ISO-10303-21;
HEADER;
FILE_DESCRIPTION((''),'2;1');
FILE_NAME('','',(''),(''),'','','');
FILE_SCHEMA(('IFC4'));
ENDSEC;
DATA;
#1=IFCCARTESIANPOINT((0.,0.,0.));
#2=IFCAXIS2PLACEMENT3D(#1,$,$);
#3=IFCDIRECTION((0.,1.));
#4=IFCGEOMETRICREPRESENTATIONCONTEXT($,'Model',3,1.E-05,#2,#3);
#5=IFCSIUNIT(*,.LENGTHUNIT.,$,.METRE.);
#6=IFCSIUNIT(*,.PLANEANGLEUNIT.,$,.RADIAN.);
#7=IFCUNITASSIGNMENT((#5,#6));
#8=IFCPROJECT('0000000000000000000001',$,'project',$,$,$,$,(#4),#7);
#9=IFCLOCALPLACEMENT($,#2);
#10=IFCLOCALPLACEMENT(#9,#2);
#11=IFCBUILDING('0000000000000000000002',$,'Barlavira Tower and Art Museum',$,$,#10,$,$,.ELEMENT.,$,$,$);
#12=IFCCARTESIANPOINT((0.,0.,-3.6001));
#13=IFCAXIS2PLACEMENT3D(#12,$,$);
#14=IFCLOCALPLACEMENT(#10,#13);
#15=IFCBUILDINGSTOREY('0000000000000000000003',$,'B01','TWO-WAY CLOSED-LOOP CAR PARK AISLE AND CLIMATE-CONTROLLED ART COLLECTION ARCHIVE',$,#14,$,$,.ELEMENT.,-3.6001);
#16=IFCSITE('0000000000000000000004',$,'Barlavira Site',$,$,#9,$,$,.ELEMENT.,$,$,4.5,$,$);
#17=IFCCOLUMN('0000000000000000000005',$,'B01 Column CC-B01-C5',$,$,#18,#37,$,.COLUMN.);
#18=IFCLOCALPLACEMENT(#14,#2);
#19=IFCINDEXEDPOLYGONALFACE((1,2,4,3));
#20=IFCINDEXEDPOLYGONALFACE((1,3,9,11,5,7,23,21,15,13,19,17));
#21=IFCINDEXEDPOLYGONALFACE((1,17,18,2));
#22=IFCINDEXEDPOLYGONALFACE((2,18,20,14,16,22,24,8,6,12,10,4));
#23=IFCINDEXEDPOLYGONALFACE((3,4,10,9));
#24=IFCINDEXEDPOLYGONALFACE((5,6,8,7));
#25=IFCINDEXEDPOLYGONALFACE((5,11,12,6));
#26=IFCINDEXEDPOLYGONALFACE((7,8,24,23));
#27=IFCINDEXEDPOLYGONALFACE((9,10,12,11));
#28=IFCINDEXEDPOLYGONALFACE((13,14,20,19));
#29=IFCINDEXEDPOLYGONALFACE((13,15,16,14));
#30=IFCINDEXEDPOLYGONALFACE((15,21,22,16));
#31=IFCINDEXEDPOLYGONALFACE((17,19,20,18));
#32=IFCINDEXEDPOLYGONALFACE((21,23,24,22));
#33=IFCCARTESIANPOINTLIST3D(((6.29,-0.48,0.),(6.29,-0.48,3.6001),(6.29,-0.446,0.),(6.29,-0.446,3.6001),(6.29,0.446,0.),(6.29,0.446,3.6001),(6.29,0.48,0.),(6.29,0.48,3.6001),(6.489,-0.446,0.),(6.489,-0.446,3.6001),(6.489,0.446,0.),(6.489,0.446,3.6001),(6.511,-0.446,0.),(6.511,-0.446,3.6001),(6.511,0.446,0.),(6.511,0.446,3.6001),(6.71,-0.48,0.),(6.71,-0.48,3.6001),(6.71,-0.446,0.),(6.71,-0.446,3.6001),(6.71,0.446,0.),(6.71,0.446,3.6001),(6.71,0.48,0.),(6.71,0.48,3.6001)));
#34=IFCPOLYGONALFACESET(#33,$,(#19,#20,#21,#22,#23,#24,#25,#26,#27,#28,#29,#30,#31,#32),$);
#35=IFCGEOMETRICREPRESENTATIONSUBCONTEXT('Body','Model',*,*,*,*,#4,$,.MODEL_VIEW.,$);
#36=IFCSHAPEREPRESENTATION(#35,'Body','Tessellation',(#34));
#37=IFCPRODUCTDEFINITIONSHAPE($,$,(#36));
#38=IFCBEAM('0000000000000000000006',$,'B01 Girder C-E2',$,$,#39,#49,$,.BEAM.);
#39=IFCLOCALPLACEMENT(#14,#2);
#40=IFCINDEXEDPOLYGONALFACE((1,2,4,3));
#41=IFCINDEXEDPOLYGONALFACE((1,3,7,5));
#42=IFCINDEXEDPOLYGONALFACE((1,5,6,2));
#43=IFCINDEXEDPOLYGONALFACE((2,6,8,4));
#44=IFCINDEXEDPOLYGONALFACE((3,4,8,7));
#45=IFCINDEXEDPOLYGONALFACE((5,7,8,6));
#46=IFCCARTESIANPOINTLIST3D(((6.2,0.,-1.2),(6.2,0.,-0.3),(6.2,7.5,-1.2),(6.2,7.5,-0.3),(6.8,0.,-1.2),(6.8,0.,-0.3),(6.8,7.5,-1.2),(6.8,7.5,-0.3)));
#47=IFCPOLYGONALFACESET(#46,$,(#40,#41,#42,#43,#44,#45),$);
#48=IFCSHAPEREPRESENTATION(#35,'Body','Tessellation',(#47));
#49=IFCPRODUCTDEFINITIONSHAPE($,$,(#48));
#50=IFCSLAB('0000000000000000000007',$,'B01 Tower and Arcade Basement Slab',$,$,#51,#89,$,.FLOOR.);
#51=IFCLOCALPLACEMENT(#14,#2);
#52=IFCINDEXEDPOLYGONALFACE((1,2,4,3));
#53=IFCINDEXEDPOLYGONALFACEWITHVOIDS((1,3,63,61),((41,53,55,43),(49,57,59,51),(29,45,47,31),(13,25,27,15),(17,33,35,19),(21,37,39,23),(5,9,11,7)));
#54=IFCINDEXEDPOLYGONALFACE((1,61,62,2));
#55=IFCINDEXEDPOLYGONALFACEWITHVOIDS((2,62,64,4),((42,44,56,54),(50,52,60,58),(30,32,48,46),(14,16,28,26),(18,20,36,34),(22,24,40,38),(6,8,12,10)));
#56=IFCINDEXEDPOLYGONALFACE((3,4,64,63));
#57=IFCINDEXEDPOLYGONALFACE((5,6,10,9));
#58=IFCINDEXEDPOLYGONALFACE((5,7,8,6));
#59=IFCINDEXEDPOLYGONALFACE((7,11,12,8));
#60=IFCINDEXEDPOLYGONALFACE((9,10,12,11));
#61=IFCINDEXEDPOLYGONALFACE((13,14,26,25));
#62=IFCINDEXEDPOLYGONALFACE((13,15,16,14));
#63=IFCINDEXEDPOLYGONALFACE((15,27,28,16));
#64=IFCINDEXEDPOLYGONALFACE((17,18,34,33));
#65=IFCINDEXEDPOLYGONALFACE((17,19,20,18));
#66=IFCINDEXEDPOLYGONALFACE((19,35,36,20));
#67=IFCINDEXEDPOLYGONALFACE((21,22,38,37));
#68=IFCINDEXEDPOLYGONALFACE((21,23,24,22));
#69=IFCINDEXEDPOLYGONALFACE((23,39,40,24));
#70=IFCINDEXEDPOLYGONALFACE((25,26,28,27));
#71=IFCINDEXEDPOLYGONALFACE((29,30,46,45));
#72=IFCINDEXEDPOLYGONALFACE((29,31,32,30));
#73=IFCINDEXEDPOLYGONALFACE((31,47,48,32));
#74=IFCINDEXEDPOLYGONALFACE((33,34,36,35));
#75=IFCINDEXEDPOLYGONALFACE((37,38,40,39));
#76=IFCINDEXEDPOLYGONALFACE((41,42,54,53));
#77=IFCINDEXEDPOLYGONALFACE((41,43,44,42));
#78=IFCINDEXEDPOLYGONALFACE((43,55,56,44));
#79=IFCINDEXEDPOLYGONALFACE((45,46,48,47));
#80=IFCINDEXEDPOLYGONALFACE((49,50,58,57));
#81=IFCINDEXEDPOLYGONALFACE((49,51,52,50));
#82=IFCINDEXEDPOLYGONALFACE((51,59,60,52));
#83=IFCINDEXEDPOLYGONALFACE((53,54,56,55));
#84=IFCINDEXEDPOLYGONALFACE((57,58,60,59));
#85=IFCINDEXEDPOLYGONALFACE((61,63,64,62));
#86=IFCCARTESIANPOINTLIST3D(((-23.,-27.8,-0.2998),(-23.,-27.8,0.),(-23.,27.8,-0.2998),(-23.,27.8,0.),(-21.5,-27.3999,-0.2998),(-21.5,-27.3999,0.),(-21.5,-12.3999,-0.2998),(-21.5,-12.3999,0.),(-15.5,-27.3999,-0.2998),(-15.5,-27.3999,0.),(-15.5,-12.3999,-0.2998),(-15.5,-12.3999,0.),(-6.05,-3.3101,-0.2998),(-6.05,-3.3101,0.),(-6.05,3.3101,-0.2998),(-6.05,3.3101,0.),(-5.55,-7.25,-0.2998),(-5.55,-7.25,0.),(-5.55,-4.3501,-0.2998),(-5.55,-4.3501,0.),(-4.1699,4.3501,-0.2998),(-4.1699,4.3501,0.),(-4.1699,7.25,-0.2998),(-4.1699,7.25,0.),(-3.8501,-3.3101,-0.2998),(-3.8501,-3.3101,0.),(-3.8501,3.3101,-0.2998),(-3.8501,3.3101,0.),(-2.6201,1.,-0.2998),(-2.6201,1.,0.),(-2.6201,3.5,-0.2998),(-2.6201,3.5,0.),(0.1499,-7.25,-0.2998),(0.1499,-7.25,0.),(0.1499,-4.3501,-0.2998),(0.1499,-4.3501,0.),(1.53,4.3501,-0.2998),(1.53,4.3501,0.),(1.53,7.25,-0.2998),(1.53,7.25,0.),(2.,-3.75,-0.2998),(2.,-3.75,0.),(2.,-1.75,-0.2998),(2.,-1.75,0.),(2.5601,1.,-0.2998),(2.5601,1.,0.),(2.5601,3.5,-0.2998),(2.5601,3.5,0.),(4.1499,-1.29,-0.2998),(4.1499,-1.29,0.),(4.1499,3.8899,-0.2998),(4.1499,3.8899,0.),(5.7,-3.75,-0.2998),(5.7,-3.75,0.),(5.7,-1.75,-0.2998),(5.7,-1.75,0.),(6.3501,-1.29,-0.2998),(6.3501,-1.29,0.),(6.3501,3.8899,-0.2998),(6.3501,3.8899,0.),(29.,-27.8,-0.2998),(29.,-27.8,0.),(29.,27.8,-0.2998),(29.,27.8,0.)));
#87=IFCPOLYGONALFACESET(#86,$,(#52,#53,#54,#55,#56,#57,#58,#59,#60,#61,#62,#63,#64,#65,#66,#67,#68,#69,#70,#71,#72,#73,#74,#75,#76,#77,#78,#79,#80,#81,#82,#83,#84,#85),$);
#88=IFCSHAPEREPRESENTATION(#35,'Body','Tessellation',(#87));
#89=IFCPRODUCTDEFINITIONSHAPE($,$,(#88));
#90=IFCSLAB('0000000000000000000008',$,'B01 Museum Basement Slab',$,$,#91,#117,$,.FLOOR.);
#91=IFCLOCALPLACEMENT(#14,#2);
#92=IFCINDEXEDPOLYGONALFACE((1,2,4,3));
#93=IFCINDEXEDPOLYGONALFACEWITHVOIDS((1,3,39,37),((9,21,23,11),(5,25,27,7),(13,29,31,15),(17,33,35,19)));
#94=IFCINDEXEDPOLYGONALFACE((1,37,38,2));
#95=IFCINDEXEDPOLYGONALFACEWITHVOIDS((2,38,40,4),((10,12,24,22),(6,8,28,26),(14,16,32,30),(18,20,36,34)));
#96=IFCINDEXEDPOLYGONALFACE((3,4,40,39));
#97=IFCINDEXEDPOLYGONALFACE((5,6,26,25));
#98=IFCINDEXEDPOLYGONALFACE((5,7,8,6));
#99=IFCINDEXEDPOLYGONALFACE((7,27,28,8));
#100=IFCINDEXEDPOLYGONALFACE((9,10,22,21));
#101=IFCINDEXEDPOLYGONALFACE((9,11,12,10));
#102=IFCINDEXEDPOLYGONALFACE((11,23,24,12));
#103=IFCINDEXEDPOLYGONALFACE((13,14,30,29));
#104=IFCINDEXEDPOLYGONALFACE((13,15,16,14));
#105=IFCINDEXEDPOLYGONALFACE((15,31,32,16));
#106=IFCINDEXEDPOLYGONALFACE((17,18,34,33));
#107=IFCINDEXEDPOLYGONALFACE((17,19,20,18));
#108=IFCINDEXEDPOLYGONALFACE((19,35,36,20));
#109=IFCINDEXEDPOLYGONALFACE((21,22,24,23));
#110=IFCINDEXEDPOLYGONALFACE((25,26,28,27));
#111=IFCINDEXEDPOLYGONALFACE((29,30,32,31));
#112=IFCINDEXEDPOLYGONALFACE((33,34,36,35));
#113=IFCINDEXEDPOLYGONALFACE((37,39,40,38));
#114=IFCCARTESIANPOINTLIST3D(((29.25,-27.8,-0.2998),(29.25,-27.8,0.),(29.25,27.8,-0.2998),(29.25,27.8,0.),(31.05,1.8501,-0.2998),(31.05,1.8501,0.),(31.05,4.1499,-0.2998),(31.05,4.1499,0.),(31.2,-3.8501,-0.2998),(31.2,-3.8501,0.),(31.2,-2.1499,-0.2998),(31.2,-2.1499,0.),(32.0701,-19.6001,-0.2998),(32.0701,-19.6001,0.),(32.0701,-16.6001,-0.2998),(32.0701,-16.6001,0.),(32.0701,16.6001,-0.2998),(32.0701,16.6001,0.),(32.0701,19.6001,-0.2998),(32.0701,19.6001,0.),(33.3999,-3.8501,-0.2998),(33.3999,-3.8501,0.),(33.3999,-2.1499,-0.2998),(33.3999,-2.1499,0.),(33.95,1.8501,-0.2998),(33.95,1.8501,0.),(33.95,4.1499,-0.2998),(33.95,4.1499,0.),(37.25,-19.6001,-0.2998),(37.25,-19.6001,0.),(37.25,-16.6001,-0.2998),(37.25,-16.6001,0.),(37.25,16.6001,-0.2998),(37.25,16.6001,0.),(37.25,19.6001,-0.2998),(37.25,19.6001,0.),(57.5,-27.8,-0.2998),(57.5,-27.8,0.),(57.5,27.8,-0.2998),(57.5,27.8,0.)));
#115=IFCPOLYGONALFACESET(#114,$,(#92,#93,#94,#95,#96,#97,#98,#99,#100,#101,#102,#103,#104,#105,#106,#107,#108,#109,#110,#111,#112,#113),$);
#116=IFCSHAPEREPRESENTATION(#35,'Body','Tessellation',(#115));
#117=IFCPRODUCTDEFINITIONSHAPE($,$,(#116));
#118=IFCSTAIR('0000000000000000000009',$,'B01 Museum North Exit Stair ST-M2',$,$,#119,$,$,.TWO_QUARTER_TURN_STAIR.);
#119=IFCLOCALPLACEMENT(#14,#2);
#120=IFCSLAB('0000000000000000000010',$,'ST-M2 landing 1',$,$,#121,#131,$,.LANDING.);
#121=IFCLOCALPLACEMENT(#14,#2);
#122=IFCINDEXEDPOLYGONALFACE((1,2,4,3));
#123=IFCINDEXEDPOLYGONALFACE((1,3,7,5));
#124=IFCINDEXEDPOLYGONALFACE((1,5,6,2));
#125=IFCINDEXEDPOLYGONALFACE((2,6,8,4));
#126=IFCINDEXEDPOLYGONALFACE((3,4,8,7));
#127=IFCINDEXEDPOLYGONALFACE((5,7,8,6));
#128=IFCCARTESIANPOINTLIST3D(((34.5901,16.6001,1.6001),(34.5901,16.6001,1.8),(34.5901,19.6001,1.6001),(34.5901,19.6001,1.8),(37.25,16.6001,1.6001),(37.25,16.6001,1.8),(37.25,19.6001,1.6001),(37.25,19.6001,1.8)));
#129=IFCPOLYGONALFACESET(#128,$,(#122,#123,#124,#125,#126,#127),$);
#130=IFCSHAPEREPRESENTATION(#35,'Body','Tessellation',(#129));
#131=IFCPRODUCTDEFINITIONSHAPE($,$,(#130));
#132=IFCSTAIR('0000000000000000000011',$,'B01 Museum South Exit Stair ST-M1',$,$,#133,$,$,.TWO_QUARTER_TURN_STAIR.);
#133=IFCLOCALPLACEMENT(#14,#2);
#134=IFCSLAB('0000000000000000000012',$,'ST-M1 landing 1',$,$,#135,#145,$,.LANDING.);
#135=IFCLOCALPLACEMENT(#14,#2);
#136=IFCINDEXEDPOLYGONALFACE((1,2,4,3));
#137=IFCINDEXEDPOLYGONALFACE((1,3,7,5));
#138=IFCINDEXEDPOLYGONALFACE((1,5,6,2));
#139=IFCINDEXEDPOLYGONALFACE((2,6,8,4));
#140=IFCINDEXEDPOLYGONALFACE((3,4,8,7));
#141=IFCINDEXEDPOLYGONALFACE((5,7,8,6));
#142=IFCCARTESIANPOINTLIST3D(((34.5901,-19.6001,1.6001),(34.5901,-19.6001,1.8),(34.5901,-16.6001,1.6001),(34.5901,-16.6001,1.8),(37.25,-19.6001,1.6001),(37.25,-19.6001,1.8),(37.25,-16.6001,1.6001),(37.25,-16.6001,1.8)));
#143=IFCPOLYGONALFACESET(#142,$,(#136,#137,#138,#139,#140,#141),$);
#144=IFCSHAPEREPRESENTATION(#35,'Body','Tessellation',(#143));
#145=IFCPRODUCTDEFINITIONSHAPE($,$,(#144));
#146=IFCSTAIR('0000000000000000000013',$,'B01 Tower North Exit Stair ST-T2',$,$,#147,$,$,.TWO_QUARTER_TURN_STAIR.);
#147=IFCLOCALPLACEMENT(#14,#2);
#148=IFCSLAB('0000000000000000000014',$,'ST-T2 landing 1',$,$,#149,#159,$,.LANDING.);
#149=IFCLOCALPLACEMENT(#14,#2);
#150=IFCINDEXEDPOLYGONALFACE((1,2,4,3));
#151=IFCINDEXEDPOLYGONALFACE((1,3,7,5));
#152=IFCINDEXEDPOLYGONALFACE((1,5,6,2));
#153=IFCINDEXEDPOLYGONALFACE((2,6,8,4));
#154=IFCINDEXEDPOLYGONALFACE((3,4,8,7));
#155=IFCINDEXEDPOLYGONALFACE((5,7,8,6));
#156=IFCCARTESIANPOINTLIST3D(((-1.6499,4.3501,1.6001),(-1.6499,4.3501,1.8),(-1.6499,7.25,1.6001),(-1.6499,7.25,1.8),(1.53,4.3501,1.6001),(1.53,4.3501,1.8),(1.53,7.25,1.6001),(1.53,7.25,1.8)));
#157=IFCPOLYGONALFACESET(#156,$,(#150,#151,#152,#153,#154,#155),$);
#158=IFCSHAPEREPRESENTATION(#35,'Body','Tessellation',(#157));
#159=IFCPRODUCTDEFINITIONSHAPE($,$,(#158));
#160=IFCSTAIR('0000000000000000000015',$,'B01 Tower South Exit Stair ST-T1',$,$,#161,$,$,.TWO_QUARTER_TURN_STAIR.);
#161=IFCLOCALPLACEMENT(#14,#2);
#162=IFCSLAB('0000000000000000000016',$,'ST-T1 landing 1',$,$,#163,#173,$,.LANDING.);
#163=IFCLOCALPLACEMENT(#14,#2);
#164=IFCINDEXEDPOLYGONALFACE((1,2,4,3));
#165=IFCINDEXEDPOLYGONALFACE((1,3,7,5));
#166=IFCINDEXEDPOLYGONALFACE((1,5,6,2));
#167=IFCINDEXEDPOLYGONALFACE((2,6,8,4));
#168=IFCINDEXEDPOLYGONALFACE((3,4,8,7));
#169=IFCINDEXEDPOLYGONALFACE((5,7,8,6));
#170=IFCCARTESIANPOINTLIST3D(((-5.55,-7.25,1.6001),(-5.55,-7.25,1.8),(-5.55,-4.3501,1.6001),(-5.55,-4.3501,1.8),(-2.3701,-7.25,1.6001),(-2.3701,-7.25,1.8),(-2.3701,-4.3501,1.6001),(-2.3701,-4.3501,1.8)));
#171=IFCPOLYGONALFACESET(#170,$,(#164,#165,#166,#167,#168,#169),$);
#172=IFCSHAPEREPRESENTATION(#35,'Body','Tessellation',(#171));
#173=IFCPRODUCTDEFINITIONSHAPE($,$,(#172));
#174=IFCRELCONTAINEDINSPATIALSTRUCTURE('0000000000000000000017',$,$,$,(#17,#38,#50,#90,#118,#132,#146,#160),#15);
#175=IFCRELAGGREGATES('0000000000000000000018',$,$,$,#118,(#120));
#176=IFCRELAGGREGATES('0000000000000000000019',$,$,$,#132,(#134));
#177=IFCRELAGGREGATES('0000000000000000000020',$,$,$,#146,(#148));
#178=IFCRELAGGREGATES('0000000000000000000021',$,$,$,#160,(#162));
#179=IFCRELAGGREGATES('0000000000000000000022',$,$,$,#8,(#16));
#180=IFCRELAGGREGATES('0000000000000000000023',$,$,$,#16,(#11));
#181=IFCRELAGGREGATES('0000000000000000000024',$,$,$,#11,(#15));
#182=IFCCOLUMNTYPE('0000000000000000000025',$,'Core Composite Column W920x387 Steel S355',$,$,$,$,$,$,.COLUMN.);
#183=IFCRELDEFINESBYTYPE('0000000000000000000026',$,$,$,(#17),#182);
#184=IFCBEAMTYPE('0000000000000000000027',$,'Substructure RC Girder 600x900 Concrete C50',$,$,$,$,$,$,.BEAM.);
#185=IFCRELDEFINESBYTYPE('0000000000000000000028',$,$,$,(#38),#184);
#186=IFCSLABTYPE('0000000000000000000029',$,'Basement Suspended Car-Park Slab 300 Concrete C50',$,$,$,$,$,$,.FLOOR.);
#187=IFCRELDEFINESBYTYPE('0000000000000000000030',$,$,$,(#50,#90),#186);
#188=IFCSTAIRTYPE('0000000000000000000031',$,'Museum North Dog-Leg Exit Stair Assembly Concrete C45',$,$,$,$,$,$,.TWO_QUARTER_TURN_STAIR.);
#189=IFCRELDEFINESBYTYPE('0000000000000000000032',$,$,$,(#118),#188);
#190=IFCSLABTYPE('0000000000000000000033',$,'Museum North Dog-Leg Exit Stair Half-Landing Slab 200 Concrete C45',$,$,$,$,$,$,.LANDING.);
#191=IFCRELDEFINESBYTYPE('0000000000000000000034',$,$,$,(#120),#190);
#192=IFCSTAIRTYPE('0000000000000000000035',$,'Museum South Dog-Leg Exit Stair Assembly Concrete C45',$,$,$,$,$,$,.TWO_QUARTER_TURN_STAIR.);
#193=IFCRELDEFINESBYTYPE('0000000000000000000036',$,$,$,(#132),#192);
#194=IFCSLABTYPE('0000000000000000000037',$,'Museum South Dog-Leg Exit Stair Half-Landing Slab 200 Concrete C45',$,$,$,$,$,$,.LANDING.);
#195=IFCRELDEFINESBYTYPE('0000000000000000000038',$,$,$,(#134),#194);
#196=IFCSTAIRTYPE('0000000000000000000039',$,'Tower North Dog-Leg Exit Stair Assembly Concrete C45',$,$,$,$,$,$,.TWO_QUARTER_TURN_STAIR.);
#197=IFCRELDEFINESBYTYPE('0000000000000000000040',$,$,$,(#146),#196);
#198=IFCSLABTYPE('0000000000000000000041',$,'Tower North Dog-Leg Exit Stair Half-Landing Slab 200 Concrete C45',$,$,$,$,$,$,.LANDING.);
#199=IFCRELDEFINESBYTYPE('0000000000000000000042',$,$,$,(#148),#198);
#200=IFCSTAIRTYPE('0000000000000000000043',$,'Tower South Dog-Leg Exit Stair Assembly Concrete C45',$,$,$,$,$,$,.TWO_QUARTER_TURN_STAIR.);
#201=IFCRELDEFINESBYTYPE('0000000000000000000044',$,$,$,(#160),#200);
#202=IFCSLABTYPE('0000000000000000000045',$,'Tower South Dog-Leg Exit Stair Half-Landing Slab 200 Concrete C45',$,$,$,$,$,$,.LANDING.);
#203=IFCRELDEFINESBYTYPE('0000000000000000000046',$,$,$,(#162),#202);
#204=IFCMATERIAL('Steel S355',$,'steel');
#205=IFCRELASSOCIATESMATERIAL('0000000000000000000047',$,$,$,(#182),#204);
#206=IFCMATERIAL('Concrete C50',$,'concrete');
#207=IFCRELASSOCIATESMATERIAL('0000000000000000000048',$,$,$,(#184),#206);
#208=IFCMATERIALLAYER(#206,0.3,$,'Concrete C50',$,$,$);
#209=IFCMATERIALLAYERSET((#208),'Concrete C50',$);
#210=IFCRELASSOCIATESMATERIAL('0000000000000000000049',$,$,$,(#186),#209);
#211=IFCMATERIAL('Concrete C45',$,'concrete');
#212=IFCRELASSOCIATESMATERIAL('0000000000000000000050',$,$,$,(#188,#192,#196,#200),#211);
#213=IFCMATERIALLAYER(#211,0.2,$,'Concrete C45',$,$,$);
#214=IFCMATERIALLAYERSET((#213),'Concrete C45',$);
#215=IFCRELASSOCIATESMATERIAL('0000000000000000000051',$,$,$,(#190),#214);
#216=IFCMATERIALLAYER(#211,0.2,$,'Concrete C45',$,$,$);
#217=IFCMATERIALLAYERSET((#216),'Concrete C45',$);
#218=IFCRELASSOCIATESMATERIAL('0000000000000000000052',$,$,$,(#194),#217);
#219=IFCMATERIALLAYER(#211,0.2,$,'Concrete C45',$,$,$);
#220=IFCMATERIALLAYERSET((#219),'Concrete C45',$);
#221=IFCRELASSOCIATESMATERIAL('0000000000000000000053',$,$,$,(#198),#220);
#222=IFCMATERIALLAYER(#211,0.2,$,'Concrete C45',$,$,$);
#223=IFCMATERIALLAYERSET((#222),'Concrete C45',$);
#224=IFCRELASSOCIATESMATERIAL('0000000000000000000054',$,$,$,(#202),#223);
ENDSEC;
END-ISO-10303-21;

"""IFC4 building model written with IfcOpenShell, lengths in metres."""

from ifc_helpers import new_model, si_unit, direction, frame, origin, origin_2d, place, context, subcontext, project, spatial, polyline, rectangle, i_section, outline, extrude, material, layer, layer_set, material_profile, profile_set, type_object, element, aggregate, save


model = new_model("IFC4")

# Units and contexts
model_context = context("Model", 3, precision=1e-05, world=origin(), true_north=direction((0.0, 1.0)))
body_context = subcontext(model_context, "Body", "Model", "MODEL_VIEW")
ifc_project = project(units=[si_unit("LENGTHUNIT", "METRE"), si_unit("PLANEANGLEUNIT", "RADIAN")], contexts=[model_context])

# Site, building, storey
site_placement = place(None, origin())
site = spatial("IfcSite", under=ifc_project, at=site_placement, Name="Barlavira Site", CompositionType="ELEMENT", RefElevation=4.5)
building_placement = place(site_placement, origin())
building = spatial("IfcBuilding", under=site, at=building_placement, Name="Barlavira Tower and Art Museum", CompositionType="ELEMENT")
storey_placement = place(building_placement, frame((0.0, 0.0, -3.6001)))
storey = spatial("IfcBuildingStorey", under=building, at=storey_placement, Name="B01", Description="TWO-WAY CLOSED-LOOP CAR PARK AISLE AND CLIMATE-CONTROLLED ART COLLECTION ARCHIVE", CompositionType="ELEMENT", Elevation=-3.6001)

# Column
ifc_material_1 = material(Name="Steel S355", Category="steel")
ifc_material_profile_1 = material_profile(ifc_material_1, i_section(OverallWidth=0.4199, OverallDepth=0.96, WebThickness=0.022, FlangeThickness=0.0339, at=origin_2d()), Name="W920x387.0")
ifc_profile_set_1 = profile_set([ifc_material_profile_1], Name="Steel S355")
column_type = type_object("IfcColumnType", Name="Core Composite Column W920x387 Steel S355", PredefinedType="COLUMN", material=ifc_profile_set_1)
column_placement = place(storey_placement, frame((6.5, 0.0, 0.0), z_axis=(0.0, 0.0, 1.0), x_axis=(1.0, 0.0, 0.0)))
element("IfcColumn", 1, at=column_placement, inside=storey, type_object=column_type, Name="B01 Column CC-B01-C5", PredefinedType="COLUMN", context=body_context, shape_type="SweptSolid", body=[
    extrude(i_section(OverallWidth=0.4199, OverallDepth=0.96, WebThickness=0.022, FlangeThickness=0.0339, at=origin_2d()), origin(), (0.0, 0.0, 1.0), 3.6001),
])

# Beam
ifc_material_2 = material(Name="Concrete C50", Category="concrete")
ifc_material_profile_2 = material_profile(ifc_material_2, rectangle(XDim=0.6001, YDim=0.8999, at=origin_2d()), Name="RC-BM 600x900")
ifc_profile_set_2 = profile_set([ifc_material_profile_2], Name="Concrete C50")
beam_type = type_object("IfcBeamType", Name="Substructure RC Girder 600x900 Concrete C50", PredefinedType="BEAM", material=ifc_profile_set_2)
beam_placement = place(storey_placement, frame((6.5, 0.0, -0.75), z_axis=(0.0, 1.0, 0.0), x_axis=(-1.0, 0.0, 0.0)))
element("IfcBeam", 2, at=beam_placement, inside=storey, type_object=beam_type, Name="B01 Girder C-E2", PredefinedType="BEAM", context=body_context, shape_type="SweptSolid", body=[
    extrude(rectangle(XDim=0.6001, YDim=0.8999, at=origin_2d()), origin(), (0.0, 0.0, 1.0), 7.5),
])

# Slabs
ifc_layer_1 = layer(ifc_material_2, 0.3, Name="Concrete C50")
ifc_layer_set_1 = layer_set([ifc_layer_1], Name="Concrete C50")
slab_type_1 = type_object("IfcSlabType", Name="Basement Suspended Car-Park Slab 300 Concrete C50", PredefinedType="FLOOR", material=ifc_layer_set_1)
slab_1_placement = place(storey_placement, frame((0.0, 0.0, -0.2998)))
element("IfcSlab", 3, at=slab_1_placement, inside=storey, type_object=slab_type_1, Name="B01 Tower and Arcade Basement Slab", PredefinedType="FLOOR", context=body_context, shape_type="SweptSolid", body=[
    extrude(outline(polyline([(-23.0, -27.8), (29.0, -27.8), (29.0, 27.8), (-23.0, 27.8), (-23.0, -27.8)]), holes=[polyline([(0.1499, -4.3501), (-5.55, -4.3501), (-5.55, -7.25), (0.1499, -7.25), (0.1499, -4.3501)]), polyline([(-4.1699, 4.3501), (1.53, 4.3501), (1.53, 7.25), (-4.1699, 7.25), (-4.1699, 4.3501)]), polyline([(-6.05, -3.3101), (-3.8501, -3.3101), (-3.8501, 3.3101), (-6.05, 3.3101), (-6.05, -3.3101)]), polyline([(4.1499, -1.29), (6.3501, -1.29), (6.3501, 3.8899), (4.1499, 3.8899), (4.1499, -1.29)]), polyline([(-2.6201, 1.0), (2.5601, 1.0), (2.5601, 3.5), (-2.6201, 3.5), (-2.6201, 1.0)]), polyline([(2.0, -3.75), (5.7, -3.75), (5.7, -1.75), (2.0, -1.75), (2.0, -3.75)]), polyline([(-21.5, -27.3999), (-15.5, -27.3999), (-15.5, -12.3999), (-21.5, -12.3999), (-21.5, -27.3999)])]), origin(), (0.0, 0.0, 1.0), 0.2998),
])
slab_2_placement = place(storey_placement, frame((0.0, 0.0, -0.2998)))
element("IfcSlab", 4, at=slab_2_placement, inside=storey, type_object=slab_type_1, Name="B01 Museum Basement Slab", PredefinedType="FLOOR", context=body_context, shape_type="SweptSolid", body=[
    extrude(outline(polyline([(29.25, -27.8), (57.5, -27.8), (57.5, 27.8), (29.25, 27.8), (29.25, -27.8)]), holes=[polyline([(32.0701, -19.6001), (37.25, -19.6001), (37.25, -16.6001), (32.0701, -16.6001), (32.0701, -19.6001)]), polyline([(32.0701, 16.6001), (37.25, 16.6001), (37.25, 19.6001), (32.0701, 19.6001), (32.0701, 16.6001)]), polyline([(31.2, -3.8501), (33.3999, -3.8501), (33.3999, -2.1499), (31.2, -2.1499), (31.2, -3.8501)]), polyline([(31.05, 1.8501), (33.95, 1.8501), (33.95, 4.1499), (31.05, 4.1499), (31.05, 1.8501)])]), origin(), (0.0, 0.0, 1.0), 0.2998),
])

# Stairs, slabs
ifc_material_3 = material(Name="Concrete C45", Category="concrete")
stair_type_1 = type_object("IfcStairType", Name="Museum North Dog-Leg Exit Stair Assembly Concrete C45", PredefinedType="TWO_QUARTER_TURN_STAIR", material=ifc_material_3)
stair_1_placement = place(storey_placement, origin())
stair_1 = element("IfcStair", 5, at=stair_1_placement, inside=storey, type_object=stair_type_1, Name="B01 Museum North Exit Stair ST-M2", PredefinedType="TWO_QUARTER_TURN_STAIR")
ifc_layer_2 = layer(ifc_material_3, 0.2, Name="Concrete C45")
ifc_layer_set_2 = layer_set([ifc_layer_2], Name="Concrete C45")
slab_type_2 = type_object("IfcSlabType", Name="Museum North Dog-Leg Exit Stair Half-Landing Slab 200 Concrete C45", PredefinedType="LANDING", material=ifc_layer_set_2)
slab_3_placement = place(storey_placement, frame((0.0, 0.0, 1.6001)))
slab_3 = element("IfcSlab", 6, at=slab_3_placement, type_object=slab_type_2, Name="ST-M2 landing 1", PredefinedType="LANDING", context=body_context, shape_type="SweptSolid", body=[
    extrude(outline(polyline([(34.5901, 16.6001), (37.25, 16.6001), (37.25, 19.6001), (34.5901, 19.6001), (34.5901, 16.6001)])), origin(), (0.0, 0.0, 1.0), 0.2),
])
aggregate(stair_1, [slab_3])
stair_type_2 = type_object("IfcStairType", Name="Museum South Dog-Leg Exit Stair Assembly Concrete C45", PredefinedType="TWO_QUARTER_TURN_STAIR", material=ifc_material_3)
stair_2_placement = place(storey_placement, origin())
stair_2 = element("IfcStair", 7, at=stair_2_placement, inside=storey, type_object=stair_type_2, Name="B01 Museum South Exit Stair ST-M1", PredefinedType="TWO_QUARTER_TURN_STAIR")
ifc_layer_3 = layer(ifc_material_3, 0.2, Name="Concrete C45")
ifc_layer_set_3 = layer_set([ifc_layer_3], Name="Concrete C45")
slab_type_3 = type_object("IfcSlabType", Name="Museum South Dog-Leg Exit Stair Half-Landing Slab 200 Concrete C45", PredefinedType="LANDING", material=ifc_layer_set_3)
slab_4_placement = place(storey_placement, frame((0.0, 0.0, 1.6001)))
slab_4 = element("IfcSlab", 8, at=slab_4_placement, type_object=slab_type_3, Name="ST-M1 landing 1", PredefinedType="LANDING", context=body_context, shape_type="SweptSolid", body=[
    extrude(outline(polyline([(34.5901, -19.6001), (37.25, -19.6001), (37.25, -16.6001), (34.5901, -16.6001), (34.5901, -19.6001)])), origin(), (0.0, 0.0, 1.0), 0.2),
])
aggregate(stair_2, [slab_4])
stair_type_3 = type_object("IfcStairType", Name="Tower North Dog-Leg Exit Stair Assembly Concrete C45", PredefinedType="TWO_QUARTER_TURN_STAIR", material=ifc_material_3)
stair_3_placement = place(storey_placement, origin())
stair_3 = element("IfcStair", 9, at=stair_3_placement, inside=storey, type_object=stair_type_3, Name="B01 Tower North Exit Stair ST-T2", PredefinedType="TWO_QUARTER_TURN_STAIR")
ifc_layer_4 = layer(ifc_material_3, 0.2, Name="Concrete C45")
ifc_layer_set_4 = layer_set([ifc_layer_4], Name="Concrete C45")
slab_type_4 = type_object("IfcSlabType", Name="Tower North Dog-Leg Exit Stair Half-Landing Slab 200 Concrete C45", PredefinedType="LANDING", material=ifc_layer_set_4)
slab_5_placement = place(storey_placement, frame((0.0, 0.0, 1.6001)))
slab_5 = element("IfcSlab", 10, at=slab_5_placement, type_object=slab_type_4, Name="ST-T2 landing 1", PredefinedType="LANDING", context=body_context, shape_type="SweptSolid", body=[
    extrude(outline(polyline([(-1.6499, 4.3501), (1.53, 4.3501), (1.53, 7.25), (-1.6499, 7.25), (-1.6499, 4.3501)])), origin(), (0.0, 0.0, 1.0), 0.2),
])
aggregate(stair_3, [slab_5])
stair_type_4 = type_object("IfcStairType", Name="Tower South Dog-Leg Exit Stair Assembly Concrete C45", PredefinedType="TWO_QUARTER_TURN_STAIR", material=ifc_material_3)
stair_4_placement = place(storey_placement, origin())
stair_4 = element("IfcStair", 11, at=stair_4_placement, inside=storey, type_object=stair_type_4, Name="B01 Tower South Exit Stair ST-T1", PredefinedType="TWO_QUARTER_TURN_STAIR")
ifc_layer_5 = layer(ifc_material_3, 0.2, Name="Concrete C45")
ifc_layer_set_5 = layer_set([ifc_layer_5], Name="Concrete C45")
slab_type_5 = type_object("IfcSlabType", Name="Tower South Dog-Leg Exit Stair Half-Landing Slab 200 Concrete C45", PredefinedType="LANDING", material=ifc_layer_set_5)
slab_6_placement = place(storey_placement, frame((0.0, 0.0, 1.6001)))
slab_6 = element("IfcSlab", 12, at=slab_6_placement, type_object=slab_type_5, Name="ST-T1 landing 1", PredefinedType="LANDING", context=body_context, shape_type="SweptSolid", body=[
    extrude(outline(polyline([(-2.3701, -4.3501), (-5.55, -4.3501), (-5.55, -7.25), (-2.3701, -7.25), (-2.3701, -4.3501)])), origin(), (0.0, 0.0, 1.0), 0.2),
])
aggregate(stair_4, [slab_6])

save(model, "model.ifc")
